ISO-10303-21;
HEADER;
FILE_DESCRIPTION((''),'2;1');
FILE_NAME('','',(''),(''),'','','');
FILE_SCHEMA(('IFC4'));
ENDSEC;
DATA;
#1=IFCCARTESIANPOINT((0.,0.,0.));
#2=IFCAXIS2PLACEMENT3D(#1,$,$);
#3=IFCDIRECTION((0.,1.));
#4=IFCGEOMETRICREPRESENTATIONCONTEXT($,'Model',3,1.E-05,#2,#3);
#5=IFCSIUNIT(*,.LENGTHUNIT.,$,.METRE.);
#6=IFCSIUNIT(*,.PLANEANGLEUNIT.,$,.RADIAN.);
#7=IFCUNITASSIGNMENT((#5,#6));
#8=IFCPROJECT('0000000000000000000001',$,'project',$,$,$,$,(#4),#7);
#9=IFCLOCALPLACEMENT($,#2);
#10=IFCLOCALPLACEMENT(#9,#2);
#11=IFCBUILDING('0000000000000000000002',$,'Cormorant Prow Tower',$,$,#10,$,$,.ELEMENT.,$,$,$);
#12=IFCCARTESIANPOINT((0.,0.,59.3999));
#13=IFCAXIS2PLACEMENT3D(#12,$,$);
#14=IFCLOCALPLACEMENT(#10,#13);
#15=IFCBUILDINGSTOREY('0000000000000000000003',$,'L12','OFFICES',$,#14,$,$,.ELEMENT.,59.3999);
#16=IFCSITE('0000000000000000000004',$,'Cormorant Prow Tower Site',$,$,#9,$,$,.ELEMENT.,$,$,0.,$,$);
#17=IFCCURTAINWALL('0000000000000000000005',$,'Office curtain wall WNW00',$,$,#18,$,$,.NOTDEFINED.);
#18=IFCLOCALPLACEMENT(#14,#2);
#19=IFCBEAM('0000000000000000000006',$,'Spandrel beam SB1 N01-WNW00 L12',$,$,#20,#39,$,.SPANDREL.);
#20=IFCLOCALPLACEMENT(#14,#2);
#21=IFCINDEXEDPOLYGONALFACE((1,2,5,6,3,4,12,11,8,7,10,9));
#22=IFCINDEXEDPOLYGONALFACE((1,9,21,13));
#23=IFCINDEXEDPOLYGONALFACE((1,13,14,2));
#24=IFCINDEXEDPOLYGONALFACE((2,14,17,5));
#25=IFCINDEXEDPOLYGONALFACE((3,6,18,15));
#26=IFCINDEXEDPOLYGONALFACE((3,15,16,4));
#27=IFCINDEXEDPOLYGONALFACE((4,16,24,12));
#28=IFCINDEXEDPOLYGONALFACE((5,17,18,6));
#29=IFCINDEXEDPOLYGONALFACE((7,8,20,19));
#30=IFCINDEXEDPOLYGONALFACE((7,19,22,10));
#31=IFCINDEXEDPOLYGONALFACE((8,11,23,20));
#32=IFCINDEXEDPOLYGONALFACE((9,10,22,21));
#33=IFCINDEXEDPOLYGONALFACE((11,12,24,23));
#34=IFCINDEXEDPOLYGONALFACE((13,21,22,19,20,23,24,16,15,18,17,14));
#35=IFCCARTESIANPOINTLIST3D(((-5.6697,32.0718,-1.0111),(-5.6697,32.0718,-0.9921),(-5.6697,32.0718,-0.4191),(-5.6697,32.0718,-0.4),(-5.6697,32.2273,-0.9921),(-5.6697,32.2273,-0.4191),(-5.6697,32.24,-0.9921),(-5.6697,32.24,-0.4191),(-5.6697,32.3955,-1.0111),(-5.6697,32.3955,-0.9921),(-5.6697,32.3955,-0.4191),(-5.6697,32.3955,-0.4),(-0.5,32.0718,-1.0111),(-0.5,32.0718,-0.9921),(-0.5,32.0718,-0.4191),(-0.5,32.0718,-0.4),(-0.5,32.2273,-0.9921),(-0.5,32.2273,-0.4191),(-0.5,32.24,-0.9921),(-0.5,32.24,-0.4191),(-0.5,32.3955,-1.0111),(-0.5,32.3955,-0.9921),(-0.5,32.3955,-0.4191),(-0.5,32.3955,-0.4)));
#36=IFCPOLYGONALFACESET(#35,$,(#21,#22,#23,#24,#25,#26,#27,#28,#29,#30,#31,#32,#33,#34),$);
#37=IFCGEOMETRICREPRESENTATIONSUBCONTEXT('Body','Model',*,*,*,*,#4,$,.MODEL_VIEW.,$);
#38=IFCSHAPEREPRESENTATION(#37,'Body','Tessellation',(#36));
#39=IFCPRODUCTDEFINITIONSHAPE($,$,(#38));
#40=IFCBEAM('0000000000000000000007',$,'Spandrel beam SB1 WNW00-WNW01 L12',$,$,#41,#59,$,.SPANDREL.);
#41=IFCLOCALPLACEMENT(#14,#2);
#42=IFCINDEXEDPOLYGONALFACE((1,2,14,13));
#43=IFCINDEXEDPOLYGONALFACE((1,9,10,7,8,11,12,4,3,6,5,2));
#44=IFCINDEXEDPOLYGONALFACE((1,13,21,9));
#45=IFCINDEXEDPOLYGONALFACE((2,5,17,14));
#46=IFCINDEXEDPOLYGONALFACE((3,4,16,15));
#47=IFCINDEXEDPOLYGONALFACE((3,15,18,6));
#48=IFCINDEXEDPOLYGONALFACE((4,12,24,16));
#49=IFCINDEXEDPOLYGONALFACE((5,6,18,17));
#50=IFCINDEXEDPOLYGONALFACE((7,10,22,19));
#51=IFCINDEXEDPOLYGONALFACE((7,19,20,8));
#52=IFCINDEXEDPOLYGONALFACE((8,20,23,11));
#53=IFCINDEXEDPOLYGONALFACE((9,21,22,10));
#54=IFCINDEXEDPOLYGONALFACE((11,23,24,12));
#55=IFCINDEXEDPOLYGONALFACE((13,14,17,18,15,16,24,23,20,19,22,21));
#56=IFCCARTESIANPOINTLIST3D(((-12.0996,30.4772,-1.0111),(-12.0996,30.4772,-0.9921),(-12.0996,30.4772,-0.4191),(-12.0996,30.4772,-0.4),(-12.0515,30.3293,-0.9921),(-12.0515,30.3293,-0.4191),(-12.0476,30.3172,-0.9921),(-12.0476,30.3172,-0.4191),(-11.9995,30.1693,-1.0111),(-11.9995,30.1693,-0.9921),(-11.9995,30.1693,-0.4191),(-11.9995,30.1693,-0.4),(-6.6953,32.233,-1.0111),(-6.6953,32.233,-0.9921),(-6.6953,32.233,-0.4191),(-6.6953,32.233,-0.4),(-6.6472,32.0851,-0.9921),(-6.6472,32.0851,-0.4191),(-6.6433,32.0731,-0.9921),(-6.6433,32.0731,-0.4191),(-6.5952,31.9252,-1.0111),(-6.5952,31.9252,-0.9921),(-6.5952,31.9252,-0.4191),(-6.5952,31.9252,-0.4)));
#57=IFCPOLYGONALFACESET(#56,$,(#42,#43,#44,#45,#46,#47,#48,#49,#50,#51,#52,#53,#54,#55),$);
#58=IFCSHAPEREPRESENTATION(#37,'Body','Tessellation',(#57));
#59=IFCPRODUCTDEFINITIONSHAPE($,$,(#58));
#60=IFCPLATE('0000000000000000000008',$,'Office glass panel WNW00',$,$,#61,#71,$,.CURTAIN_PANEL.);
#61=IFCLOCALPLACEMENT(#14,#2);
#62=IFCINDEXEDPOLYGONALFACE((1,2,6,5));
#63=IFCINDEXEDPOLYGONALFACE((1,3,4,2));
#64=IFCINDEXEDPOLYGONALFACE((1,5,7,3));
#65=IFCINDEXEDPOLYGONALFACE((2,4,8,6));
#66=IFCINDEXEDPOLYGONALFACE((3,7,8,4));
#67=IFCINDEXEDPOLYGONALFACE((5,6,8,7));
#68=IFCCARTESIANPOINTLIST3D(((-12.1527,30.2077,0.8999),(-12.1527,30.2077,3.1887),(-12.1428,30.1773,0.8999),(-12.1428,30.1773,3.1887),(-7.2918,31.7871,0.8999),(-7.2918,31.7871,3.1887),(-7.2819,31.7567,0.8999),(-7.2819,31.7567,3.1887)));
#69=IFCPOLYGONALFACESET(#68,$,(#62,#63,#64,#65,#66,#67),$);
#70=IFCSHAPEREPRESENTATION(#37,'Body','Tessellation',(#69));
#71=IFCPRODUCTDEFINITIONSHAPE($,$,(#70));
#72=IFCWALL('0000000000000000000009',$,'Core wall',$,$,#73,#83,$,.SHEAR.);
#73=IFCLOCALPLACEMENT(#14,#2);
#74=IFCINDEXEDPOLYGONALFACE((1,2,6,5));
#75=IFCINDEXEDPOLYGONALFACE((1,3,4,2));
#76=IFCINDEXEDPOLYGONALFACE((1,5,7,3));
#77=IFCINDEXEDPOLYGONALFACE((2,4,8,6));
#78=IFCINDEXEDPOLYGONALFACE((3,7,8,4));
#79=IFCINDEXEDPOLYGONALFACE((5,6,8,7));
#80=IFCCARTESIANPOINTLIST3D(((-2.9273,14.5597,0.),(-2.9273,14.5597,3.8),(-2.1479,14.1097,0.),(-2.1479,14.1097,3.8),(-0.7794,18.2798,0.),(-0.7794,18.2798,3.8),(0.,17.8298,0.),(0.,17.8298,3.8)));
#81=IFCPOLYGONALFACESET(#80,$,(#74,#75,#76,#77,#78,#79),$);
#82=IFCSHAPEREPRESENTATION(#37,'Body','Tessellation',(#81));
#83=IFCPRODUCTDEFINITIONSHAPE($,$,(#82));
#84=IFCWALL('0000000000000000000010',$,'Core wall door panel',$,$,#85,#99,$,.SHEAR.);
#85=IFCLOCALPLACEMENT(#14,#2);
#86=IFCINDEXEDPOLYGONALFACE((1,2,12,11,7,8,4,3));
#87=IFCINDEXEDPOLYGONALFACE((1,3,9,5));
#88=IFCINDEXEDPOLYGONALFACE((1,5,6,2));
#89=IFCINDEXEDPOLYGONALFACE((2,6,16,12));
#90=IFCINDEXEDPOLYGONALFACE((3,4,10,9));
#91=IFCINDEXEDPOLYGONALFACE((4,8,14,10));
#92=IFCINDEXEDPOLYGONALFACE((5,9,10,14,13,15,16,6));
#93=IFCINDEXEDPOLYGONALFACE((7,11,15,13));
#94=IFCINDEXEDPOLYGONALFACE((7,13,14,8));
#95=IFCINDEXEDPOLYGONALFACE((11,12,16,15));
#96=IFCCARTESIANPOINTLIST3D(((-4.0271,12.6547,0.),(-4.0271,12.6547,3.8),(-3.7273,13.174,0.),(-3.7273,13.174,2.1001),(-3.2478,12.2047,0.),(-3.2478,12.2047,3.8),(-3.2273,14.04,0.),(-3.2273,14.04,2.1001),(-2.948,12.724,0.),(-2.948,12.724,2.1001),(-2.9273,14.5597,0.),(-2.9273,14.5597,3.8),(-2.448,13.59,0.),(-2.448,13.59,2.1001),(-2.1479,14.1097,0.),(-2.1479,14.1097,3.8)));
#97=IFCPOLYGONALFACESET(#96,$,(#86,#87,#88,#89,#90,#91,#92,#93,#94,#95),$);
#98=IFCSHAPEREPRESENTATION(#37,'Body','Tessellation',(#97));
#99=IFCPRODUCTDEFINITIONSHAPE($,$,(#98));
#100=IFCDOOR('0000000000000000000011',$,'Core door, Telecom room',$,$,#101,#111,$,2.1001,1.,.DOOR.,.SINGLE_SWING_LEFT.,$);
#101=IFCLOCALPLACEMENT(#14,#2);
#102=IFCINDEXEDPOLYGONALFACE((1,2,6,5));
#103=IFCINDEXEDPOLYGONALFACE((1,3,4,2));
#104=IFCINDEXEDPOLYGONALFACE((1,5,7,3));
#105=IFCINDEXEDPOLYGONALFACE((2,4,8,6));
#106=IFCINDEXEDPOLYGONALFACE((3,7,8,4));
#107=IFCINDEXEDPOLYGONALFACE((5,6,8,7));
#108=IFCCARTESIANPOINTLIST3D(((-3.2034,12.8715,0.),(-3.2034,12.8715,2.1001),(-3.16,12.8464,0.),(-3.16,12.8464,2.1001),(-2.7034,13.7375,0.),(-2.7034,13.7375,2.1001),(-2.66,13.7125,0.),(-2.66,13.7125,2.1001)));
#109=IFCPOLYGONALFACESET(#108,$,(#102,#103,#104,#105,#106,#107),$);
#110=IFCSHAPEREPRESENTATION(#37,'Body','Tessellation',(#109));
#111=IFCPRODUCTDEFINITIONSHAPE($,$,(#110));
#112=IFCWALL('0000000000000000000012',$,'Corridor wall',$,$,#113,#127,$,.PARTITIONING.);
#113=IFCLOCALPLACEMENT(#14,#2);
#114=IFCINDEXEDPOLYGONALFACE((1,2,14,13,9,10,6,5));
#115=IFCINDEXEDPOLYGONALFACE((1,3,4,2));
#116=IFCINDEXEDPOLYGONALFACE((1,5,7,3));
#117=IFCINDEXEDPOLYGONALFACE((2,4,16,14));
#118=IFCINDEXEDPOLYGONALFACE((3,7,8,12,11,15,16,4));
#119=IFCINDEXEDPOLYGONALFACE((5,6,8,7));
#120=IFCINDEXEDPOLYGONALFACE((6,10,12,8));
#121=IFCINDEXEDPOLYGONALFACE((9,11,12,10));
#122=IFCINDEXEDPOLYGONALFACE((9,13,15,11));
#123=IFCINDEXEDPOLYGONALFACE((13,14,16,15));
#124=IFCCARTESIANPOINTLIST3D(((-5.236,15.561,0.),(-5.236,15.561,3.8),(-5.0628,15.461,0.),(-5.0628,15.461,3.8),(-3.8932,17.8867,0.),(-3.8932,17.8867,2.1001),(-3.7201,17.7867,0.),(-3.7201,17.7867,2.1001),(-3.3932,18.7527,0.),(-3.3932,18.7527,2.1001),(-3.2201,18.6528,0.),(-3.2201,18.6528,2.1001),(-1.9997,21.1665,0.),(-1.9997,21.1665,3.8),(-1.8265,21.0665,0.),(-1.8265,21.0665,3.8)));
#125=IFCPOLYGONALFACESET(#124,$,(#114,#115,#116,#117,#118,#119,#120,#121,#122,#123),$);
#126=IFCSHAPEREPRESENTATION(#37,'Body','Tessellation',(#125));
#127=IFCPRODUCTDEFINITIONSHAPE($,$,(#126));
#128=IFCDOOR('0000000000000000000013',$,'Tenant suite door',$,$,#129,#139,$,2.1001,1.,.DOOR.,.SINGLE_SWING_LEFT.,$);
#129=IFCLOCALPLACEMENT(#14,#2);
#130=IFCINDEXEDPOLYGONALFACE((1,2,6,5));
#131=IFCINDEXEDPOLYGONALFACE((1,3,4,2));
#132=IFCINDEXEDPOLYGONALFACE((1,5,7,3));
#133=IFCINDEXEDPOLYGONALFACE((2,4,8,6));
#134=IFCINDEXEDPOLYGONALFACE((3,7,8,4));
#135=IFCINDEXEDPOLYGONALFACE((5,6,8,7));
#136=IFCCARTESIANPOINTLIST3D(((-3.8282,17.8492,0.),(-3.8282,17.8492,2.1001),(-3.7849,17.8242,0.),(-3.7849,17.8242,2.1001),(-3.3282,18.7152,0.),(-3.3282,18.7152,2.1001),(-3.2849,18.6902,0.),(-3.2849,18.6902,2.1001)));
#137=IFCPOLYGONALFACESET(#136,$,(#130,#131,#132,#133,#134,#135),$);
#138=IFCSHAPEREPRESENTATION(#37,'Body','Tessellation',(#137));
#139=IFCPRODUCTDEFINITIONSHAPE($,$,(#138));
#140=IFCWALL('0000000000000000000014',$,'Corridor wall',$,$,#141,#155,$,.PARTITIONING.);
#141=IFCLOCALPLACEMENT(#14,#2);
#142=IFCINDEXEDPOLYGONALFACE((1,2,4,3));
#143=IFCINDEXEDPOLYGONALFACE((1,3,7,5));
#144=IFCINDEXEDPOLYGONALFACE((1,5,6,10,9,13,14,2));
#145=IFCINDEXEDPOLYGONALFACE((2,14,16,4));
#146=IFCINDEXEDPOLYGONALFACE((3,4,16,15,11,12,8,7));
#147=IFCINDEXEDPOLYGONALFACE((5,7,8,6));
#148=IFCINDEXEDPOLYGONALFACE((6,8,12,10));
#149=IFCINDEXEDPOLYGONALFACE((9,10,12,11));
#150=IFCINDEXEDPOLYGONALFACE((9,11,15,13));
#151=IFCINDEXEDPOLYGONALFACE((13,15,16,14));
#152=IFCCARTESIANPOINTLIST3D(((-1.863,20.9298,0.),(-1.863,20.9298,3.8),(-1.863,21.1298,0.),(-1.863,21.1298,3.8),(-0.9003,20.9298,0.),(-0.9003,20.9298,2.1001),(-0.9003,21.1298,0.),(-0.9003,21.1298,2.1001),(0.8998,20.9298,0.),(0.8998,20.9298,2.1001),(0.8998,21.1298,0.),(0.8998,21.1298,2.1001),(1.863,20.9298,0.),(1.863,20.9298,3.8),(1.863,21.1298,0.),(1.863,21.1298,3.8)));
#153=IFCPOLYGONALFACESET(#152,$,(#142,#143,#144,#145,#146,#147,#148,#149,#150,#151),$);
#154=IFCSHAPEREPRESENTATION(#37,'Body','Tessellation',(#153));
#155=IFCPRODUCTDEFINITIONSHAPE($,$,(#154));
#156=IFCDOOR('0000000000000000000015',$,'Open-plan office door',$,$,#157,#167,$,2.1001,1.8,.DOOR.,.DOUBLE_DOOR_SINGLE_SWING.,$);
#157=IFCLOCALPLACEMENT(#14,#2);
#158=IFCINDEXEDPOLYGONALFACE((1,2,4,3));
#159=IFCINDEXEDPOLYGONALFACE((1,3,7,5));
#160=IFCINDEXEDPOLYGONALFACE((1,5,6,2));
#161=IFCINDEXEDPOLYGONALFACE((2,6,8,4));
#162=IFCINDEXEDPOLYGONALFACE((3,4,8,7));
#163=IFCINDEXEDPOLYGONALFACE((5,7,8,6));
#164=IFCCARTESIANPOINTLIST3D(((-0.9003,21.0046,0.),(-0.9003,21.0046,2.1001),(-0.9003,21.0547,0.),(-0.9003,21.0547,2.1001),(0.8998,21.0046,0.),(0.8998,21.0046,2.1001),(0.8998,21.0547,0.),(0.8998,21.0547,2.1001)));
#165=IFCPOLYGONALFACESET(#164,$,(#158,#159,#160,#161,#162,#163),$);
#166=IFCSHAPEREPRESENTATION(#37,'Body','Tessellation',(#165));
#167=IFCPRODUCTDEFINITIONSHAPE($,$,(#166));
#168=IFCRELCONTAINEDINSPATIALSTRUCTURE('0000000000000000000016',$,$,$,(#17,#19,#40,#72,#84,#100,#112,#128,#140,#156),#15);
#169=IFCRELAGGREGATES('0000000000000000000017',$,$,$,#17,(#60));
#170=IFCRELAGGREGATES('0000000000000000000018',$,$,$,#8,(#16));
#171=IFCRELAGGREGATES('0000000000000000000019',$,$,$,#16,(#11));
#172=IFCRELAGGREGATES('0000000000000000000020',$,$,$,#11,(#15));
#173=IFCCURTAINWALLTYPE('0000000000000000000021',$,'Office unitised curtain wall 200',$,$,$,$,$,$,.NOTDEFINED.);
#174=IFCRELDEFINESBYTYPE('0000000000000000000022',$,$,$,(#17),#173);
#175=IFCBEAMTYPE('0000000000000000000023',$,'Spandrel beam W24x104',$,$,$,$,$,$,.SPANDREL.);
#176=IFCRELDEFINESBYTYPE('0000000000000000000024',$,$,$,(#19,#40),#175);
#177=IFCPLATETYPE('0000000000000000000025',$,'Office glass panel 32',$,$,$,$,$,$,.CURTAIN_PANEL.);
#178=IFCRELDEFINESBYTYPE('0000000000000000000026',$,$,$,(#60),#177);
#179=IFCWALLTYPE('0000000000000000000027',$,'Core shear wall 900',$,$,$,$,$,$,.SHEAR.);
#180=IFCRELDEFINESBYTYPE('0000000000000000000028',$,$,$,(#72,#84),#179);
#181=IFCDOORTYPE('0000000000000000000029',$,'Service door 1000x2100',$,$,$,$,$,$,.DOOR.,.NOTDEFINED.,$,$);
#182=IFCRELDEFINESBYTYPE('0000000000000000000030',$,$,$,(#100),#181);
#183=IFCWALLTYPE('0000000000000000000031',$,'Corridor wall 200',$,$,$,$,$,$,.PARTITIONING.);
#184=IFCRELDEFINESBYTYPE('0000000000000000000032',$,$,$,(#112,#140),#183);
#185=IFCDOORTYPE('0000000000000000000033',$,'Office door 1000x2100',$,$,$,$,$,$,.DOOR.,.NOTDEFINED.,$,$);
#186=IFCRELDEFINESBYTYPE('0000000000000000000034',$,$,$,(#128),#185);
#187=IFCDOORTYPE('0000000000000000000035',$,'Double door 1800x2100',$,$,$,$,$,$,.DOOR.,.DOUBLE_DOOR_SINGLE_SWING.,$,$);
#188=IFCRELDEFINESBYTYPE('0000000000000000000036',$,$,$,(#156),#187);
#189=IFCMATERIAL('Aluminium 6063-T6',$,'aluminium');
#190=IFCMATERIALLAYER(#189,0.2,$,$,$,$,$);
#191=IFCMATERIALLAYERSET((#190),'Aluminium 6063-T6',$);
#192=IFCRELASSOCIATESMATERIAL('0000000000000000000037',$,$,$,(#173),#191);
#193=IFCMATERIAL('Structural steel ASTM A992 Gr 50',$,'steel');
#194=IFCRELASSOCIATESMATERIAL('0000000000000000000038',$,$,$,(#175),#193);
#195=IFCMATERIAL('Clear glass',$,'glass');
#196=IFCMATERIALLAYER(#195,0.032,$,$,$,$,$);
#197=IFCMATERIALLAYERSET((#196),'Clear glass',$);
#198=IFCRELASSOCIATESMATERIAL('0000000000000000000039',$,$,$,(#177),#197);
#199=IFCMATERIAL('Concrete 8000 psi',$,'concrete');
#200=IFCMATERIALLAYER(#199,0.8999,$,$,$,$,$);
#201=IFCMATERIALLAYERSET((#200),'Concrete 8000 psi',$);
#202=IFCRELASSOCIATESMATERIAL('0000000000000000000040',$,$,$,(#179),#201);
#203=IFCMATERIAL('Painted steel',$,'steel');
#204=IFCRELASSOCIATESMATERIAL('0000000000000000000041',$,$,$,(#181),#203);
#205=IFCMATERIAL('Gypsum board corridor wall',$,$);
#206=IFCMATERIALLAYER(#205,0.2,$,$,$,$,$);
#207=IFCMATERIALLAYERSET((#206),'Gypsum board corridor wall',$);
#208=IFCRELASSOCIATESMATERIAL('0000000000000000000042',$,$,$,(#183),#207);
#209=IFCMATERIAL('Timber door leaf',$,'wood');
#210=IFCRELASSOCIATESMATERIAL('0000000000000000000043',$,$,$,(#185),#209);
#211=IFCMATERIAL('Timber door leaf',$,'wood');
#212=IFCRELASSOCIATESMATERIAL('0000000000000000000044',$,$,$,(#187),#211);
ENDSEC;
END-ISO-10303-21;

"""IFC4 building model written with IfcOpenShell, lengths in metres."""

from ifc_helpers import new_model, si_unit, direction, frame, frame_2d, origin, origin_2d, place, context, subcontext, project, spatial, rectangle, i_section, extrude, material, layer, layer_set, material_profile, profile_set, type_object, element, fill, aggregate, save


model = new_model("IFC4")

# Units and contexts
model_context = context("Model", 3, precision=1e-05, world=origin(), true_north=direction((0.0, 1.0)))
body_context = subcontext(model_context, "Body", "Model", "MODEL_VIEW")
ifc_project = project(units=[si_unit("LENGTHUNIT", "METRE"), si_unit("PLANEANGLEUNIT", "RADIAN")], contexts=[model_context])

# Site, building, storey
site_placement = place(None, origin())
site = spatial("IfcSite", under=ifc_project, at=site_placement, Name="Cormorant Prow Tower Site", CompositionType="ELEMENT", RefElevation=0.0)
building_placement = place(site_placement, origin())
building = spatial("IfcBuilding", under=site, at=building_placement, Name="Cormorant Prow Tower", CompositionType="ELEMENT")
storey_placement = place(building_placement, frame((0.0, 0.0, 59.3999)))
storey = spatial("IfcBuildingStorey", under=building, at=storey_placement, Name="L12", Description="OFFICES", CompositionType="ELEMENT", Elevation=59.3999)

# Curtain wall
ifc_material_1 = material(Name="Aluminium 6063-T6", Category="aluminium")
ifc_layer_1 = layer(ifc_material_1, 0.2)
ifc_layer_set_1 = layer_set([ifc_layer_1], Name="Aluminium 6063-T6")
curtain_wall_type = type_object("IfcCurtainWallType", Name="Office unitised curtain wall 200", PredefinedType="NOTDEFINED", material=ifc_layer_set_1)
curtain_wall_placement = place(storey_placement, origin())
curtain_wall = element("IfcCurtainWall", 1, at=curtain_wall_placement, inside=storey, type_object=curtain_wall_type, Name="Office curtain wall WNW00", PredefinedType="NOTDEFINED")

# Beams
ifc_material_2 = material(Name="Structural steel ASTM A992 Gr 50", Category="steel")
ifc_material_profile_1 = material_profile(ifc_material_2, i_section(OverallWidth=0.3237, OverallDepth=0.6111, WebThickness=0.0127, FlangeThickness=0.019, at=origin_2d()), Name="W24x104")
ifc_profile_set_1 = profile_set([ifc_material_profile_1], Name="Structural steel ASTM A992 Gr 50")
beam_type_1 = type_object("IfcBeamType", Name="Spandrel beam W24x104", PredefinedType="SPANDREL", material=ifc_profile_set_1)
beam_1_placement = place(storey_placement, frame((-0.5, 32.2336, -0.7056), z_axis=(-1.0, 0.0, 0.0), x_axis=(0.0, -1.0, 0.0)))
element("IfcBeam", 2, at=beam_1_placement, inside=storey, type_object=beam_type_1, Name="Spandrel beam SB1 N01-WNW00 L12", PredefinedType="SPANDREL", context=body_context, shape_type="SweptSolid", body=[
    extrude(i_section(OverallWidth=0.3237, OverallDepth=0.6111, WebThickness=0.0127, FlangeThickness=0.019, at=origin_2d()), origin(), (0.0, 0.0, 1.0), 5.1697),
])
beam_2_placement = place(storey_placement, frame((-6.6453, 32.0791, -0.7056), z_axis=(-0.951062, -0.309001, 0.0), x_axis=(0.309001, -0.951062, 0.0)))
element("IfcBeam", 3, at=beam_2_placement, inside=storey, type_object=beam_type_1, Name="Spandrel beam SB1 WNW00-WNW01 L12", PredefinedType="SPANDREL", context=body_context, shape_type="SweptSolid", body=[
    extrude(i_section(OverallWidth=0.3237, OverallDepth=0.6111, WebThickness=0.0127, FlangeThickness=0.019, at=origin_2d()), origin(), (0.0, 0.0, 1.0), 5.6824),
])

# Plate
ifc_material_3 = material(Name="Clear glass", Category="glass")
ifc_layer_2 = layer(ifc_material_3, 0.032)
ifc_layer_set_2 = layer_set([ifc_layer_2], Name="Clear glass")
plate_type = type_object("IfcPlateType", Name="Office glass panel 32", PredefinedType="CURTAIN_PANEL", material=ifc_layer_set_2)
plate_placement = place(storey_placement, frame((-9.7173, 30.9822, 0.8999), z_axis=(0.0, 0.0, 1.0), x_axis=(-0.951056, -0.309017, 0.0)))
plate = element("IfcPlate", 4, at=plate_placement, type_object=plate_type, Name="Office glass panel WNW00", PredefinedType="CURTAIN_PANEL", context=body_context, shape_type="SweptSolid", body=[
    extrude(rectangle(XDim=5.1111, YDim=0.032, at=origin_2d()), origin(), (0.0, 0.0, 1.0), 2.2888),
])
aggregate(curtain_wall, [plate])

# Wall
ifc_material_4 = material(Name="Concrete 8000 psi", Category="concrete")
ifc_layer_3 = layer(ifc_material_4, 0.8999)
ifc_layer_set_3 = layer_set([ifc_layer_3], Name="Concrete 8000 psi")
wall_type_1 = type_object("IfcWallType", Name="Core shear wall 900", PredefinedType="SHEAR", material=ifc_layer_set_3)
wall_1_placement = place(storey_placement, frame((-0.3896, 18.0549, 0.0), z_axis=(0.0, 0.0, 1.0), x_axis=(-0.500014, -0.866017, 0.0)))
element("IfcWall", 5, at=wall_1_placement, inside=storey, type_object=wall_type_1, Name="Core wall", PredefinedType="SHEAR", context=body_context, shape_type="SweptSolid", body=[
    extrude(rectangle(XDim=4.2957, YDim=0.8999, at=frame_2d((2.1479, 0.0))), origin(), (0.0, 0.0, 1.0), 3.8),
])

# Walls, openings, doors
wall_2_placement = place(storey_placement, frame((-2.5376, 14.3347, 0.0), z_axis=(0.0, 0.0, 1.0), x_axis=(-0.499995, -0.866028, 0.0)))
wall_2 = element("IfcWall", 6, at=wall_2_placement, inside=storey, type_object=wall_type_1, Name="Core wall door panel", PredefinedType="SHEAR", context=body_context, shape_type="SweptSolid", body=[
    extrude(rectangle(XDim=2.1997, YDim=0.8999, at=frame_2d((1.0999, 0.0))), origin(), (0.0, 0.0, 1.0), 3.8),
])
opening_1_placement = place(wall_2_placement, frame((0.6001, 0.0, 0.0)))
opening_1 = element("IfcOpeningElement", 7, at=opening_1_placement, cuts=wall_2, PredefinedType="OPENING", context=body_context, shape_type="SweptSolid", body=[
    extrude(rectangle(XDim=1.0, YDim=2.1001, at=frame_2d((0.5, 1.05))), frame((0.0, 0.46, 0.0), z_axis=(0.0, -1.0, 0.0), x_axis=(1.0, 0.0, 0.0)), (0.0, 0.0, 1.0), 0.9199),
])
ifc_material_5 = material(Name="Painted steel", Category="steel")
door_type_1 = type_object("IfcDoorType", Name="Service door 1000x2100", OperationType="NOTDEFINED", PredefinedType="DOOR", material=ifc_material_5)
door_1_placement = place(opening_1_placement, origin())
door_1 = element("IfcDoor", 8, at=door_1_placement, inside=storey, type_object=door_type_1, Name="Core door, Telecom room", OperationType="SINGLE_SWING_LEFT", OverallHeight=2.1001, OverallWidth=1.0, PredefinedType="DOOR", context=body_context, shape_type="SweptSolid", body=[
    extrude(rectangle(XDim=1.0, YDim=2.1001, at=frame_2d((0.5, 1.05))), frame((0.0, 0.2051, 0.0), z_axis=(0.0, -1.0, 0.0), x_axis=(1.0, 0.0, 0.0)), (0.0, 0.0, 1.0), 0.05),
])
fill(opening_1, door_1)
ifc_material_6 = material(Name="Gypsum board corridor wall")
ifc_layer_4 = layer(ifc_material_6, 0.2)
ifc_layer_set_4 = layer_set([ifc_layer_4], Name="Gypsum board corridor wall")
wall_type_2 = type_object("IfcWallType", Name="Corridor wall 200", PredefinedType="PARTITIONING", material=ifc_layer_set_4)
wall_3_placement = place(storey_placement, frame((-5.1494, 15.511, 0.0), z_axis=(0.0, 0.0, 1.0), x_axis=(0.500001, 0.866025, 0.0)))
wall_3 = element("IfcWall", 9, at=wall_3_placement, inside=storey, type_object=wall_type_2, Name="Corridor wall", PredefinedType="PARTITIONING", context=body_context, shape_type="SweptSolid", body=[
    extrude(rectangle(XDim=6.4727, YDim=0.2, at=frame_2d((3.2363, 0.0))), origin(), (0.0, 0.0, 1.0), 3.8),
])
opening_2_placement = place(wall_3_placement, frame((2.6855, 0.0, 0.0)))
opening_2 = element("IfcOpeningElement", 10, at=opening_2_placement, cuts=wall_3, PredefinedType="OPENING", context=body_context, shape_type="SweptSolid", body=[
    extrude(rectangle(XDim=1.0, YDim=2.1001, at=frame_2d((0.5, 1.05))), frame((0.0, 0.1099, 0.0), z_axis=(0.0, -1.0, 0.0), x_axis=(1.0, 0.0, 0.0)), (0.0, 0.0, 1.0), 0.22),
])
ifc_material_7 = material(Name="Timber door leaf", Category="wood")
door_type_2 = type_object("IfcDoorType", Name="Office door 1000x2100", OperationType="NOTDEFINED", PredefinedType="DOOR", material=ifc_material_7)
door_2_placement = place(opening_2_placement, origin())
door_2 = element("IfcDoor", 11, at=door_2_placement, inside=storey, type_object=door_type_2, Name="Tenant suite door", OperationType="SINGLE_SWING_LEFT", OverallHeight=2.1001, OverallWidth=1.0, PredefinedType="DOOR", context=body_context, shape_type="SweptSolid", body=[
    extrude(rectangle(XDim=1.0, YDim=2.1001, at=frame_2d((0.5, 1.05))), frame((0.0, 0.0249, 0.0), z_axis=(0.0, -1.0, 0.0), x_axis=(1.0, 0.0, 0.0)), (0.0, 0.0, 1.0), 0.05),
])
fill(opening_2, door_2)
wall_4_placement = place(storey_placement, frame((-1.863, 21.0298, 0.0), z_axis=(0.0, 0.0, 1.0), x_axis=(1.0, 0.0, 0.0)))
wall_4 = element("IfcWall", 12, at=wall_4_placement, inside=storey, type_object=wall_type_2, Name="Corridor wall", PredefinedType="PARTITIONING", context=body_context, shape_type="SweptSolid", body=[
    extrude(rectangle(XDim=3.7261, YDim=0.2, at=frame_2d((1.863, 0.0))), origin(), (0.0, 0.0, 1.0), 3.8),
])
opening_3_placement = place(wall_4_placement, frame((0.9629, 0.0, 0.0)))
opening_3 = element("IfcOpeningElement", 13, at=opening_3_placement, cuts=wall_4, PredefinedType="OPENING", context=body_context, shape_type="SweptSolid", body=[
    extrude(rectangle(XDim=1.8, YDim=2.1001, at=frame_2d((0.8999, 1.05))), frame((0.0, 0.1099, 0.0), z_axis=(0.0, -1.0, 0.0), x_axis=(1.0, 0.0, 0.0)), (0.0, 0.0, 1.0), 0.22),
])
ifc_material_8 = material(Name="Timber door leaf", Category="wood")
door_type_3 = type_object("IfcDoorType", Name="Double door 1800x2100", OperationType="DOUBLE_DOOR_SINGLE_SWING", PredefinedType="DOOR", material=ifc_material_8)
door_3_placement = place(opening_3_placement, origin())
door_3 = element("IfcDoor", 14, at=door_3_placement, inside=storey, type_object=door_type_3, Name="Open-plan office door", OperationType="DOUBLE_DOOR_SINGLE_SWING", OverallHeight=2.1001, OverallWidth=1.8, PredefinedType="DOOR", context=body_context, shape_type="SweptSolid", body=[
    extrude(rectangle(XDim=1.8, YDim=2.1001, at=frame_2d((0.8999, 1.05))), frame((0.0, 0.0249, 0.0), z_axis=(0.0, -1.0, 0.0), x_axis=(1.0, 0.0, 0.0)), (0.0, 0.0, 1.0), 0.05),
])
fill(opening_3, door_3)

save(model, "model.ifc")
